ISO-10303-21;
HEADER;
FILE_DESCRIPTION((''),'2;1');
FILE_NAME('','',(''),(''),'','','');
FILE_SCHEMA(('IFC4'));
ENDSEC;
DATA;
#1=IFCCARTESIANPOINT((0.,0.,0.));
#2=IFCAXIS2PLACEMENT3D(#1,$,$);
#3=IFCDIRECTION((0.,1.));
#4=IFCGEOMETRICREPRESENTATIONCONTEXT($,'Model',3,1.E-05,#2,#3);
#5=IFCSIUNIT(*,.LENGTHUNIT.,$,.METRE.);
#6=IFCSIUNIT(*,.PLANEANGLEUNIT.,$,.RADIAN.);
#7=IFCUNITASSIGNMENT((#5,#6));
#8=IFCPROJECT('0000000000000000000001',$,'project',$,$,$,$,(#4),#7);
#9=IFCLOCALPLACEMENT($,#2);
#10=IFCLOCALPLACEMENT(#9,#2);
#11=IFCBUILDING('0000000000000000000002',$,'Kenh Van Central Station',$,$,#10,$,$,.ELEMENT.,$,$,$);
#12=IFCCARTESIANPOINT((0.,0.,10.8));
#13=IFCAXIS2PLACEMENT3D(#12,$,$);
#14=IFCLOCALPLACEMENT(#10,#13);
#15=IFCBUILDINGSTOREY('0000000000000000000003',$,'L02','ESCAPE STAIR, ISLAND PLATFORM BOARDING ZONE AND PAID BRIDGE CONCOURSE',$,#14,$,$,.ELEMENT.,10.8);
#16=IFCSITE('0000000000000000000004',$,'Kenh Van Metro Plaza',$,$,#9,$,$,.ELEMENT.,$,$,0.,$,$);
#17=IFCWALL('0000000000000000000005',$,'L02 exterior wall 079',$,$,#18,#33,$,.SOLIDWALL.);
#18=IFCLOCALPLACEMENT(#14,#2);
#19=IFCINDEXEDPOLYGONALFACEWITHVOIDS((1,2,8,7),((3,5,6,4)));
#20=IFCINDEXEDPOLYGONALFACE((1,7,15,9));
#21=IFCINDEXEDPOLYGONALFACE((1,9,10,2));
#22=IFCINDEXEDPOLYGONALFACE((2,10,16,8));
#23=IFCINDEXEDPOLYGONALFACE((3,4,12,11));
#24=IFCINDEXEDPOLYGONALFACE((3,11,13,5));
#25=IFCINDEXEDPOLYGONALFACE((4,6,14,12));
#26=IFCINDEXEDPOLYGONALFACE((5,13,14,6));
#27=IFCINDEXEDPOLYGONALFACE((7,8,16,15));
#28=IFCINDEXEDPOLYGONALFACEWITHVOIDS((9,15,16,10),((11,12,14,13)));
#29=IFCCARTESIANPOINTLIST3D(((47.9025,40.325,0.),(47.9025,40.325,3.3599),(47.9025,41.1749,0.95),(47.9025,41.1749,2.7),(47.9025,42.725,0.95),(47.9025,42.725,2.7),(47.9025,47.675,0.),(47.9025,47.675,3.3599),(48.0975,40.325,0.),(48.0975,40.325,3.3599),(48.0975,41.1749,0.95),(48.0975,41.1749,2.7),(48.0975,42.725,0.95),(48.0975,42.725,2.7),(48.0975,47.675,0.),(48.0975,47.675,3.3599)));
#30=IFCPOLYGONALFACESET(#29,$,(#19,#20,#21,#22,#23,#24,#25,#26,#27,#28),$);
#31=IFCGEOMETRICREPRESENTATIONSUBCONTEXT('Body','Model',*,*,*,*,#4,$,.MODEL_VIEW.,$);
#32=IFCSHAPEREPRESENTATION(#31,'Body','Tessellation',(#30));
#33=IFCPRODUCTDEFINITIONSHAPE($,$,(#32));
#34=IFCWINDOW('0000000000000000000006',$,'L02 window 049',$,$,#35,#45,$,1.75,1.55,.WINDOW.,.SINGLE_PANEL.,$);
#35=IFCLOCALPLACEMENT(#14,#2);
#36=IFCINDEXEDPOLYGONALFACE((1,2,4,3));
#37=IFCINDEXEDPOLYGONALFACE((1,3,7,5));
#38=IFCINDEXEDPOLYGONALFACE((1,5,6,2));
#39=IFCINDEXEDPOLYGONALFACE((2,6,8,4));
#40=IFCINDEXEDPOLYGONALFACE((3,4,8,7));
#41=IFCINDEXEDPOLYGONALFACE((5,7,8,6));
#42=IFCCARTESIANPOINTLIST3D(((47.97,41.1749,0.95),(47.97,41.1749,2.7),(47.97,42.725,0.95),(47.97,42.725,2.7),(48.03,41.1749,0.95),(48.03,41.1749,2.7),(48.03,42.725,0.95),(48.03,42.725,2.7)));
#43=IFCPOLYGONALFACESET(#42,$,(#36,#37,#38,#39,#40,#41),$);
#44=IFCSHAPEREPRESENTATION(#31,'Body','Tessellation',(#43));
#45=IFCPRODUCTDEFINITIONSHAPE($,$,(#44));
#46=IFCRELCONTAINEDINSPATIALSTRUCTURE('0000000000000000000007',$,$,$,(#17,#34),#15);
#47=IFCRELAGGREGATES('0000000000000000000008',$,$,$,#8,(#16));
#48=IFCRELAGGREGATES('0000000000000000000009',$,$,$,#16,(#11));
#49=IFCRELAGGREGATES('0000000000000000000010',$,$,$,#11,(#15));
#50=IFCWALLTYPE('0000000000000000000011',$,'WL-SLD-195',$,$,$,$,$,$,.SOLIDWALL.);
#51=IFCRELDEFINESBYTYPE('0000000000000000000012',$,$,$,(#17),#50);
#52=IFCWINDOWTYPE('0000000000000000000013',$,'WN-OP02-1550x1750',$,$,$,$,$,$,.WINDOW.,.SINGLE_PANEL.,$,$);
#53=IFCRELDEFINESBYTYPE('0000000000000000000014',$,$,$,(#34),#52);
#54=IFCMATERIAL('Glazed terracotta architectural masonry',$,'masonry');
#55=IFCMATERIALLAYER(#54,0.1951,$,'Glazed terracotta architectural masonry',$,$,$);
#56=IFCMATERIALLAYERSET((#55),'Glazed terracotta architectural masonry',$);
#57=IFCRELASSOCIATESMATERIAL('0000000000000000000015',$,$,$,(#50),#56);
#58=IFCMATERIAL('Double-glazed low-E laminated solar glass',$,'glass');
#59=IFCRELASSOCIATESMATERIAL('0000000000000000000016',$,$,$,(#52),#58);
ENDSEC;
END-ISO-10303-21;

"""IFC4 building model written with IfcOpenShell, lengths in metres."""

from ifc_helpers import new_model, si_unit, direction, frame, frame_2d, origin, place, context, subcontext, project, spatial, rectangle, extrude, material, layer, layer_set, type_object, element, fill, save


model = new_model("IFC4")

# Units and contexts
model_context = context("Model", 3, precision=1e-05, world=origin(), true_north=direction((0.0, 1.0)))
body_context = subcontext(model_context, "Body", "Model", "MODEL_VIEW")
ifc_project = project(units=[si_unit("LENGTHUNIT", "METRE"), si_unit("PLANEANGLEUNIT", "RADIAN")], contexts=[model_context])

# Site, building, storey
site_placement = place(None, origin())
site = spatial("IfcSite", under=ifc_project, at=site_placement, Name="Kenh Van Metro Plaza", CompositionType="ELEMENT", RefElevation=0.0)
building_placement = place(site_placement, origin())
building = spatial("IfcBuilding", under=site, at=building_placement, Name="Kenh Van Central Station", CompositionType="ELEMENT")
storey_placement = place(building_placement, frame((0.0, 0.0, 10.8)))
storey = spatial("IfcBuildingStorey", under=building, at=storey_placement, Name="L02", Description="ESCAPE STAIR, ISLAND PLATFORM BOARDING ZONE AND PAID BRIDGE CONCOURSE", CompositionType="ELEMENT", Elevation=10.8)

# Shared definitions
ifc_material_1 = material(Name="Double-glazed low-E laminated solar glass", Category="glass")

# Wall, opening, window
ifc_material_2 = material(Name="Glazed terracotta architectural masonry", Category="masonry")
ifc_layer_1 = layer(ifc_material_2, 0.1951, Name="Glazed terracotta architectural masonry")
ifc_layer_set_1 = layer_set([ifc_layer_1], Name="Glazed terracotta architectural masonry")
wall_type_1 = type_object("IfcWallType", Name="WL-SLD-195", PredefinedType="SOLIDWALL", material=ifc_layer_set_1)
wall_1_placement = place(storey_placement, frame((48.0, 40.325, 0.0), z_axis=(0.0, 0.0, 1.0), x_axis=(0.0, 1.0, 0.0)))
wall_1 = element("IfcWall", 1, at=wall_1_placement, inside=storey, type_object=wall_type_1, Name="L02 exterior wall 079", PredefinedType="SOLIDWALL", context=body_context, shape_type="SweptSolid", body=[
    extrude(rectangle(XDim=7.3501, YDim=0.1951, at=frame_2d((3.675, 0.0))), origin(), (0.0, 0.0, 1.0), 3.3599),
])
opening_1_placement = place(wall_1_placement, frame((0.8501, 0.0, 0.95)))
opening_1 = element("IfcOpeningElement", 2, at=opening_1_placement, cuts=wall_1, PredefinedType="OPENING", context=body_context, shape_type="SweptSolid", body=[
    extrude(rectangle(XDim=1.55, YDim=1.75, at=frame_2d((0.7749, 0.875))), frame((0.0, 0.1074, 0.0), z_axis=(0.0, -1.0, 0.0), x_axis=(1.0, 0.0, 0.0)), (0.0, 0.0, 1.0), 0.2151),
])
window_type = type_object("IfcWindowType", Name="WN-OP02-1550x1750", PartitioningType="SINGLE_PANEL", PredefinedType="WINDOW", material=ifc_material_1)
window_placement = place(opening_1_placement, origin())
window = element("IfcWindow", 3, at=window_placement, inside=storey, type_object=window_type, Name="L02 window 049", OverallHeight=1.75, OverallWidth=1.55, PartitioningType="SINGLE_PANEL", PredefinedType="WINDOW", context=body_context, shape_type="SweptSolid", body=[
    extrude(rectangle(XDim=1.55, YDim=1.75, at=frame_2d((0.7749, 0.875))), frame((0.0, 0.03, 0.0), z_axis=(0.0, -1.0, 0.0), x_axis=(1.0, 0.0, 0.0)), (0.0, 0.0, 1.0), 0.0601),
])
fill(opening_1, window)

save(model, "model.ifc")
